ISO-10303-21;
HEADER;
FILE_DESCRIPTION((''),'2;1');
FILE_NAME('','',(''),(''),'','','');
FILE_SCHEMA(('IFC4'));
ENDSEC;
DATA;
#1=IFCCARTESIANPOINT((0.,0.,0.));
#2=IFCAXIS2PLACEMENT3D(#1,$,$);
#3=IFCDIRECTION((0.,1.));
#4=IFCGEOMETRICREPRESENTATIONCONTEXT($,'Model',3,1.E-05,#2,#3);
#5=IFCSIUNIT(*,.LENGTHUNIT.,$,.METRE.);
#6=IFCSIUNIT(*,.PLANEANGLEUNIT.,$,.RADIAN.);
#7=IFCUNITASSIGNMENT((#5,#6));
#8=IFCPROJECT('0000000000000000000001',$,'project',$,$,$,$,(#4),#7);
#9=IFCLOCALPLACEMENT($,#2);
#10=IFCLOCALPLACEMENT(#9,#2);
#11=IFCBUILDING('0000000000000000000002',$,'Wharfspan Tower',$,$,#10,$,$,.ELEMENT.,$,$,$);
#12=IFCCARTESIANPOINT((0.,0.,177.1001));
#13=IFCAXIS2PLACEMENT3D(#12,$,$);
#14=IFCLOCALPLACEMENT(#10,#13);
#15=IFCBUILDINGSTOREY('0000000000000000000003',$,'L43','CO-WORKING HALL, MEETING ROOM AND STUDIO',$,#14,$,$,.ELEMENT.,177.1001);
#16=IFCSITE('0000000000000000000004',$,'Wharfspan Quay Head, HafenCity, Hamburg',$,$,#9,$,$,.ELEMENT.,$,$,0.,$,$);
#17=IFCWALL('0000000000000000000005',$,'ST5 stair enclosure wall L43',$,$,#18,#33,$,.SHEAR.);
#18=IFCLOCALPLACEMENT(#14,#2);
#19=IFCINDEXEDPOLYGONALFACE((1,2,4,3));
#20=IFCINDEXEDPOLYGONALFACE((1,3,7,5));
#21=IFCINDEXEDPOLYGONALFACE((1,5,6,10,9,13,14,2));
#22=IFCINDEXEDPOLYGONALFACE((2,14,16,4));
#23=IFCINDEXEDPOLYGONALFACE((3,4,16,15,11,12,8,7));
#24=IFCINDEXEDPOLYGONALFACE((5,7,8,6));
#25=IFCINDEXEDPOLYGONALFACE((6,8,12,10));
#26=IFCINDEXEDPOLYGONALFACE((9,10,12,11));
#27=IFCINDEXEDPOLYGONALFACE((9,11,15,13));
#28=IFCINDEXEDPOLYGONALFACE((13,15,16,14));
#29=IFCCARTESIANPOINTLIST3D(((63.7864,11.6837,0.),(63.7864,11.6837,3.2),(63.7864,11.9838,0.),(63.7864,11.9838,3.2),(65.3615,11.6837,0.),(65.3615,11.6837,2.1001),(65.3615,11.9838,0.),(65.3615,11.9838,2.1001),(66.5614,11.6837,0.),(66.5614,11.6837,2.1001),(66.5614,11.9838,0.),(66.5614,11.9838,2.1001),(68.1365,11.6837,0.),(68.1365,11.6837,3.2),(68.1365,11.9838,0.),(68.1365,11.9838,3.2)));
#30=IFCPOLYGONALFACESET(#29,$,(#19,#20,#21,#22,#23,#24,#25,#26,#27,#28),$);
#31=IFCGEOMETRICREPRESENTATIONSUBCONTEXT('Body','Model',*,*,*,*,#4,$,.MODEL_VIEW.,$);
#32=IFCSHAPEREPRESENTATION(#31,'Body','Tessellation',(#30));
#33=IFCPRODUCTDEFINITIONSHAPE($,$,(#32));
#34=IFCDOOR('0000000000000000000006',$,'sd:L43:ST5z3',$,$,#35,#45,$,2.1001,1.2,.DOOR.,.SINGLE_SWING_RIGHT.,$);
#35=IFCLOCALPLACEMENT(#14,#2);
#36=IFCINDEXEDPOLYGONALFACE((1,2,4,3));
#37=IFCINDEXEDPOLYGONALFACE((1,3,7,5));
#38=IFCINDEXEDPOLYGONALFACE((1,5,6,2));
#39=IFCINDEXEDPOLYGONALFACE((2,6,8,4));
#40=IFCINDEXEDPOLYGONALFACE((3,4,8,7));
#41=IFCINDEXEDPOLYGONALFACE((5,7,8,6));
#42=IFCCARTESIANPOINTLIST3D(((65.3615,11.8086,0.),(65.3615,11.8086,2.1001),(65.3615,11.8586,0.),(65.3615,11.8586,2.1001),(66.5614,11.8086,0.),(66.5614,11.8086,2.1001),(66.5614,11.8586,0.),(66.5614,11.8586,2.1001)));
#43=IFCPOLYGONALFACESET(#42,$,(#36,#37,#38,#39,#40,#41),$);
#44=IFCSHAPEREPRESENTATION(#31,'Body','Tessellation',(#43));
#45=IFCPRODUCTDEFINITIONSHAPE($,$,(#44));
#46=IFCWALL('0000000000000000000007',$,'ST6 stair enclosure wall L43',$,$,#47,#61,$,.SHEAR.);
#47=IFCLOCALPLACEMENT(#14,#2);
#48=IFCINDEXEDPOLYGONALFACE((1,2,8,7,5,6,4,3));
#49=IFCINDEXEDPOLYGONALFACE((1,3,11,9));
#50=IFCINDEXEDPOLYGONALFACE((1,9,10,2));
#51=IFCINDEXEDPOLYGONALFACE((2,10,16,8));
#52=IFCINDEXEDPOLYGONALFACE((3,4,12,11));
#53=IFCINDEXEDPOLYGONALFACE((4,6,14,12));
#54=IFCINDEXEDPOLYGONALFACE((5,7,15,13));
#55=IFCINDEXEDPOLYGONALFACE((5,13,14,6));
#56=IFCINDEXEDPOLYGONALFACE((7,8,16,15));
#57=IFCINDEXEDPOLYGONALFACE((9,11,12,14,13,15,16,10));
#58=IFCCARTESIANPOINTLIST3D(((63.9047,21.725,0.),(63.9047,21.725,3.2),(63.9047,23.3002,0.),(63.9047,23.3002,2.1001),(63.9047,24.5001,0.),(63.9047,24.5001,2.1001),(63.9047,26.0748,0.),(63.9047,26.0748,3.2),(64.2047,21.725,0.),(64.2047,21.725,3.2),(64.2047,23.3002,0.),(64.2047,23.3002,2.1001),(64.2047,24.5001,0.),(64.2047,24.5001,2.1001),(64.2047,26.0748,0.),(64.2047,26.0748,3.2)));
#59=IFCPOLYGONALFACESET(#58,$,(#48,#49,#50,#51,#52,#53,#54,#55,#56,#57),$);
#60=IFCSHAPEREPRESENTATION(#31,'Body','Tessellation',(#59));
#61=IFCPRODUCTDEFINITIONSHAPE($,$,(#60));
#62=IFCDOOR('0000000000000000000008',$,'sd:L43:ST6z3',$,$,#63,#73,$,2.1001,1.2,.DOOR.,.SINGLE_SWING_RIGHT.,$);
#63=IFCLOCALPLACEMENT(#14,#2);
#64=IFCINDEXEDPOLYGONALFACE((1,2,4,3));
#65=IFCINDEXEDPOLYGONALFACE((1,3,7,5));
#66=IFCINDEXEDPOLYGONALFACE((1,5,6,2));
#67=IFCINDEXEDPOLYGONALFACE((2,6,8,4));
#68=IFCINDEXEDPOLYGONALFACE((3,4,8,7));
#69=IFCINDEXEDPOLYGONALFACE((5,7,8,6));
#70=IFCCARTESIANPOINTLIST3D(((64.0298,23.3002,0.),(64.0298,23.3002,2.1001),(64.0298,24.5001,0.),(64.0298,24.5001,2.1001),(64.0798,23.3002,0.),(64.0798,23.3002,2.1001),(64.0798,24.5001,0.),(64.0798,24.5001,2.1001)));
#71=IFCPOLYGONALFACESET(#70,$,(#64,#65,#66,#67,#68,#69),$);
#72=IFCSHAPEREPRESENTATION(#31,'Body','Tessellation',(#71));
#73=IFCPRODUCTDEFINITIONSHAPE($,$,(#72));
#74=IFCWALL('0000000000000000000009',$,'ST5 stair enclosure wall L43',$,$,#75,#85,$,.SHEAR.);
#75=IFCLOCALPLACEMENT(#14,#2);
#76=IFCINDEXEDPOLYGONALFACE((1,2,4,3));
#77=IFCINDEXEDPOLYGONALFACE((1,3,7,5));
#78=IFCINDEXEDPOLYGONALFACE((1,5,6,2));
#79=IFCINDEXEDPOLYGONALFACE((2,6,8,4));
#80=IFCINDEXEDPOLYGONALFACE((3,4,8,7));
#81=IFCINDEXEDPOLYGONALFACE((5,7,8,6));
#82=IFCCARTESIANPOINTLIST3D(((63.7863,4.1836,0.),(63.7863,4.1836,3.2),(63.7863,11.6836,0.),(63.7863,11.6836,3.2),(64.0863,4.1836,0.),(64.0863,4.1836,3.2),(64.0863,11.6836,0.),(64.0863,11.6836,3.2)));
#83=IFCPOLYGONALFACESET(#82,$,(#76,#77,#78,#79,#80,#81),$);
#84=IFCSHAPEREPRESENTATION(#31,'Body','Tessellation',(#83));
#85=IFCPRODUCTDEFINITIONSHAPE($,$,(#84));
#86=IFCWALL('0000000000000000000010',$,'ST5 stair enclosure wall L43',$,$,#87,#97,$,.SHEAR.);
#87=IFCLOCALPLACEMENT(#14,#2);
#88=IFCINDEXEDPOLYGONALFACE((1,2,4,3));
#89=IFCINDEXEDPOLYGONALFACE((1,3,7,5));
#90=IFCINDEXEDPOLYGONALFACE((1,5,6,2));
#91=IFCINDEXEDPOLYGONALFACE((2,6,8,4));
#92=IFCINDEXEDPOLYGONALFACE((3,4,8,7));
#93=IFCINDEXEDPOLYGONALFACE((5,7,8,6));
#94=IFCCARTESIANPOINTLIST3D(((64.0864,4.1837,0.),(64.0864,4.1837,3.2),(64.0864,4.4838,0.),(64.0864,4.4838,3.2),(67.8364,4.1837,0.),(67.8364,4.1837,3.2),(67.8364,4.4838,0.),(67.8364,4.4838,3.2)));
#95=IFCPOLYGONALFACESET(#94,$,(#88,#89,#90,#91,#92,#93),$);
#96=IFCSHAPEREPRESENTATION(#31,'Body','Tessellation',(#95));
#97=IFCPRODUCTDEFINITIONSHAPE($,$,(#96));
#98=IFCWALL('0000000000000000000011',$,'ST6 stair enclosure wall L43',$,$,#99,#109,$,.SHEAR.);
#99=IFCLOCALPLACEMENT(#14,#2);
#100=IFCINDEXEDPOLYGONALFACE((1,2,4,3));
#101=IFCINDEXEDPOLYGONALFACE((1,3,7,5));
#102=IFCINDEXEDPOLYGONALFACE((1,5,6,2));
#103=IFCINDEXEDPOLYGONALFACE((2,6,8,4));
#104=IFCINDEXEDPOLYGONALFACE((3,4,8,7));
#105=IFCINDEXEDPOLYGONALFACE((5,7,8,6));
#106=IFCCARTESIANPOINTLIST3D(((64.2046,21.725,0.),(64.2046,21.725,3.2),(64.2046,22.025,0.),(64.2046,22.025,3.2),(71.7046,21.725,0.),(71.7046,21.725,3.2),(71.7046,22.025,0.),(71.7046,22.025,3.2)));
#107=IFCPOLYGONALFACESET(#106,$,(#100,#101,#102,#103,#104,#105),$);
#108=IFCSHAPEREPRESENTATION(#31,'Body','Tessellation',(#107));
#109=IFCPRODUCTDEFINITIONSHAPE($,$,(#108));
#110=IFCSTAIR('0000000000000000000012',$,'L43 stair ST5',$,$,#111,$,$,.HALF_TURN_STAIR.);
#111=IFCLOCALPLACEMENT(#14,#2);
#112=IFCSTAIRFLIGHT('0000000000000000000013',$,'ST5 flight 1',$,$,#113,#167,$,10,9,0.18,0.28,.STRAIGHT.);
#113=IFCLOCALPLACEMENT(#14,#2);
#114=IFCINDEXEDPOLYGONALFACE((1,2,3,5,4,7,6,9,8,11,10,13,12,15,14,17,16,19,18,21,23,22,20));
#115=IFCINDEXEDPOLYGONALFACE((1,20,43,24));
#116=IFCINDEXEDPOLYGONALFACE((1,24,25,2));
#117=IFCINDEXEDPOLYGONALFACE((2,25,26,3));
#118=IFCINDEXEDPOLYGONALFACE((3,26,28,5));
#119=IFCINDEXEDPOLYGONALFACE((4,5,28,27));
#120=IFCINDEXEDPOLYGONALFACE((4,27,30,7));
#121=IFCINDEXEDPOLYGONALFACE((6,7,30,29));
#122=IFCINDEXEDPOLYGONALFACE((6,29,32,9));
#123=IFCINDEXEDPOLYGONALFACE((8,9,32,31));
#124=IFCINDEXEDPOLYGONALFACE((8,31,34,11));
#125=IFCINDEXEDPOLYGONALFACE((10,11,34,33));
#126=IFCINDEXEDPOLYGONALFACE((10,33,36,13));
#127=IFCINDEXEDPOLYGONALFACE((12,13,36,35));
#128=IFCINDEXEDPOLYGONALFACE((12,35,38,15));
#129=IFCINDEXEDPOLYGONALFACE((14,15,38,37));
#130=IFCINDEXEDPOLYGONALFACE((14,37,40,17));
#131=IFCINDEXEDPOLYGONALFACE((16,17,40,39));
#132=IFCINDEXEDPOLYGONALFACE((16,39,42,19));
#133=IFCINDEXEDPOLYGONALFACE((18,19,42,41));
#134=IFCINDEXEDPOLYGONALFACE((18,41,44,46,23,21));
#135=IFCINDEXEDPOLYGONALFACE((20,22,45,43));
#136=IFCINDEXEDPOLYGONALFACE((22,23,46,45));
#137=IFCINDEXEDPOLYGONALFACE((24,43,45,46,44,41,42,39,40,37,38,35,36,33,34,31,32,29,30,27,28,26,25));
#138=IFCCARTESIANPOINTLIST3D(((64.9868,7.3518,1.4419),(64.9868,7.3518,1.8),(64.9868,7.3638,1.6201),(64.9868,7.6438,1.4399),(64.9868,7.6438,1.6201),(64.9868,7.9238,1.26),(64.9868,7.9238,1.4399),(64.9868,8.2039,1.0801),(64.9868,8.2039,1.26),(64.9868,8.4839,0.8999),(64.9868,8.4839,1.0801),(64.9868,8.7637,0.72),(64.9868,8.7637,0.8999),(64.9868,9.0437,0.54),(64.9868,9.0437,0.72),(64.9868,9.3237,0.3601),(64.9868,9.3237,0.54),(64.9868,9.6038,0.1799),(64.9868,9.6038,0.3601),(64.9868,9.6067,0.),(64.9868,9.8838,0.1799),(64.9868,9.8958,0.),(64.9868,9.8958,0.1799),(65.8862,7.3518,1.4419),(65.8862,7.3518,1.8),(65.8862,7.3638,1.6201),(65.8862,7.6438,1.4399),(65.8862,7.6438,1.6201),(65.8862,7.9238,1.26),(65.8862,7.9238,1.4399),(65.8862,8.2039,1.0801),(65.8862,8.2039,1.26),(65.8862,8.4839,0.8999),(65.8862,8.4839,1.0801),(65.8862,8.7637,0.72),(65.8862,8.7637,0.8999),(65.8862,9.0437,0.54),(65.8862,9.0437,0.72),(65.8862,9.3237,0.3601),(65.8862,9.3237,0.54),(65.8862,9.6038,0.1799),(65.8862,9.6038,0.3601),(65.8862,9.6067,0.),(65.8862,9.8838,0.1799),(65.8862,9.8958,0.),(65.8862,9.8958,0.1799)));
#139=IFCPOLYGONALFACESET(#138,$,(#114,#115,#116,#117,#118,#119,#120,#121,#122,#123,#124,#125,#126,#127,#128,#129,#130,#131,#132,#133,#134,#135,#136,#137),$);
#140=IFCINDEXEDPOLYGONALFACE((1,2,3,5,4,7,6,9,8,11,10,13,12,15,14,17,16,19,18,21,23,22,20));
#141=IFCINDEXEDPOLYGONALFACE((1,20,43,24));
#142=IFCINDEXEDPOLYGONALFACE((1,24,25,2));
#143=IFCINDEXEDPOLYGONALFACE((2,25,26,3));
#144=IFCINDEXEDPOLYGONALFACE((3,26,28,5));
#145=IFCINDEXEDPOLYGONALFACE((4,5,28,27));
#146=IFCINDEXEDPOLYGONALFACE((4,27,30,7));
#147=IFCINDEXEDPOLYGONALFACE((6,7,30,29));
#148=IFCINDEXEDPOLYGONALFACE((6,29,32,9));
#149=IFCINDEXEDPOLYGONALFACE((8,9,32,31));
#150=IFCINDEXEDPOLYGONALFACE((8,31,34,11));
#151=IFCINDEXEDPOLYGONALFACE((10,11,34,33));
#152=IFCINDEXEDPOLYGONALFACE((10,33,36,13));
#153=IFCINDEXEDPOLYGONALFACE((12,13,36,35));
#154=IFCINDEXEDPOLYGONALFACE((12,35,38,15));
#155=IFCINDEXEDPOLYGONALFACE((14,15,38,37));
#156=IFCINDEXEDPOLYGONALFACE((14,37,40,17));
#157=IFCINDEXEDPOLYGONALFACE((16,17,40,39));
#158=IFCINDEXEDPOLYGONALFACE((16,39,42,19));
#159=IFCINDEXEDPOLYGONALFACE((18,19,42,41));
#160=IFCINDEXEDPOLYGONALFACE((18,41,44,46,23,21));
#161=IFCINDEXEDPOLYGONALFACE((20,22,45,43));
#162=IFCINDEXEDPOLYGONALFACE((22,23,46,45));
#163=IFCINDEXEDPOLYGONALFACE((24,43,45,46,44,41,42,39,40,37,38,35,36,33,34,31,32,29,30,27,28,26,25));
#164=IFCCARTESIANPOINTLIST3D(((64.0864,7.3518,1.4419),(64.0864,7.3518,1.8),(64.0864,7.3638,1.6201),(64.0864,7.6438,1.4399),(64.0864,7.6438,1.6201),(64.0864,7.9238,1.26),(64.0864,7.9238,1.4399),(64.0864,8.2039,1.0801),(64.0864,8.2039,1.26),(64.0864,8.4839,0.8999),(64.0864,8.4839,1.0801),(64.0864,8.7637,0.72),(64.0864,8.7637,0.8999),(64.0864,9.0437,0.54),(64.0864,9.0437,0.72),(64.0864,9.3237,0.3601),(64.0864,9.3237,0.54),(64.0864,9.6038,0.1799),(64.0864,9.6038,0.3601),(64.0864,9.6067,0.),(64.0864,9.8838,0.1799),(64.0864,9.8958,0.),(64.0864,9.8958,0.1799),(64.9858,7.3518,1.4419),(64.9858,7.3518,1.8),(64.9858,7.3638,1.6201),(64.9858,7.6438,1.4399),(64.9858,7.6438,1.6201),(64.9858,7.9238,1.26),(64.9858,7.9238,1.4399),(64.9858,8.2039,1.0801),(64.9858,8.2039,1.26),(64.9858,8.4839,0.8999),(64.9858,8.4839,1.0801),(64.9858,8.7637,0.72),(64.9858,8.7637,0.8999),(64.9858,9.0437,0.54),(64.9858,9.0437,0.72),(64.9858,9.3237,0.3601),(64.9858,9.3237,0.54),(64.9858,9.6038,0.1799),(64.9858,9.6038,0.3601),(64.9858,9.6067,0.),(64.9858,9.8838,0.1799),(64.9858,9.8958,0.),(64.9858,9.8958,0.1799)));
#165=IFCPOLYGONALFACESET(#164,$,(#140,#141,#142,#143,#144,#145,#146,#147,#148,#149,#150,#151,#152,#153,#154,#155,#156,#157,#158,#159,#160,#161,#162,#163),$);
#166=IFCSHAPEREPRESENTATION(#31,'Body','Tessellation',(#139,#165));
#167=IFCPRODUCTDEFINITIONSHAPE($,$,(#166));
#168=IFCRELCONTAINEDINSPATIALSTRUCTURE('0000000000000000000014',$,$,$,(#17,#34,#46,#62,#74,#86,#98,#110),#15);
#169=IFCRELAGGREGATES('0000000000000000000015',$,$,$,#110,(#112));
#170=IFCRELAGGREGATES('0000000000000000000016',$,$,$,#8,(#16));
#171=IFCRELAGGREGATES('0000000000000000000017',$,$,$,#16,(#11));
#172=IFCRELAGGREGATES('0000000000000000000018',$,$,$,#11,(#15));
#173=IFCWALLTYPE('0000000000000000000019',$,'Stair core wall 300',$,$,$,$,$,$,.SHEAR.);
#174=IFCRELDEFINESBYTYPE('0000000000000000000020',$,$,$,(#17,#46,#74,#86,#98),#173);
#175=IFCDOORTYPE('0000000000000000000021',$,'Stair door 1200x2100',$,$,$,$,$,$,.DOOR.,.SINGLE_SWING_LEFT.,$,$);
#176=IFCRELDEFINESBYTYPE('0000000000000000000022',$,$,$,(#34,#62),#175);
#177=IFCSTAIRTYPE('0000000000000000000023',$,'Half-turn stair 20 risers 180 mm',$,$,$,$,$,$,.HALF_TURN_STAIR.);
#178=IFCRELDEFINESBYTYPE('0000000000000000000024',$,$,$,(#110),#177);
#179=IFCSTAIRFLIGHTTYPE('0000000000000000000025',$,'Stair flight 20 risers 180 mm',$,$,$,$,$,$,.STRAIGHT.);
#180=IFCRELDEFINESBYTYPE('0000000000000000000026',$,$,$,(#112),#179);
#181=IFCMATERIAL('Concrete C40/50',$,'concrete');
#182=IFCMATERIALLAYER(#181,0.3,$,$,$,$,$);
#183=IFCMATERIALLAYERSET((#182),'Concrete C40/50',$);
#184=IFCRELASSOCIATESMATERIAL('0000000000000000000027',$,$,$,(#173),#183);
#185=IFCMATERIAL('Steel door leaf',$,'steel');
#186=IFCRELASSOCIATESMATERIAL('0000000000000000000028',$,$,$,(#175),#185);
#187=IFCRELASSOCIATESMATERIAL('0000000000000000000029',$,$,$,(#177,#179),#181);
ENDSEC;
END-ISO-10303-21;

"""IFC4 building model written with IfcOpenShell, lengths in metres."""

from ifc_helpers import new_model, si_unit, direction, frame, frame_2d, origin, place, context, subcontext, project, spatial, polyline, rectangle, outline, extrude, material, layer, layer_set, type_object, element, fill, aggregate, save


model = new_model("IFC4")

# Units and contexts
model_context = context("Model", 3, precision=1e-05, world=origin(), true_north=direction((0.0, 1.0)))
body_context = subcontext(model_context, "Body", "Model", "MODEL_VIEW")
ifc_project = project(units=[si_unit("LENGTHUNIT", "METRE"), si_unit("PLANEANGLEUNIT", "RADIAN")], contexts=[model_context])

# Site, building, storey
site_placement = place(None, origin())
site = spatial("IfcSite", under=ifc_project, at=site_placement, Name="Wharfspan Quay Head, HafenCity, Hamburg", CompositionType="ELEMENT", RefElevation=0.0)
building_placement = place(site_placement, origin())
building = spatial("IfcBuilding", under=site, at=building_placement, Name="Wharfspan Tower", CompositionType="ELEMENT")
storey_placement = place(building_placement, frame((0.0, 0.0, 177.1001)))
storey = spatial("IfcBuildingStorey", under=building, at=storey_placement, Name="L43", Description="CO-WORKING HALL, MEETING ROOM AND STUDIO", CompositionType="ELEMENT", Elevation=177.1001)

# Walls, openings, doors
ifc_material_1 = material(Name="Concrete C40/50", Category="concrete")
ifc_layer_1 = layer(ifc_material_1, 0.3)
ifc_layer_set_1 = layer_set([ifc_layer_1], Name="Concrete C40/50")
wall_type_1 = type_object("IfcWallType", Name="Stair core wall 300", PredefinedType="SHEAR", material=ifc_layer_set_1)
wall_1_placement = place(storey_placement, frame((63.7864, 11.8337, 0.0), z_axis=(0.0, 0.0, 1.0), x_axis=(1.0, 0.0, 0.0)))
wall_1 = element("IfcWall", 1, at=wall_1_placement, inside=storey, type_object=wall_type_1, Name="ST5 stair enclosure wall L43", PredefinedType="SHEAR", context=body_context, shape_type="SweptSolid", body=[
    extrude(rectangle(XDim=4.3501, YDim=0.3, at=frame_2d((2.175, 0.0))), origin(), (0.0, 0.0, 1.0), 3.2),
])
opening_1_placement = place(wall_1_placement, frame((1.575, 0.0, 0.0)))
opening_1 = element("IfcOpeningElement", 2, at=opening_1_placement, cuts=wall_1, PredefinedType="OPENING", context=body_context, shape_type="SweptSolid", body=[
    extrude(rectangle(XDim=1.2, YDim=2.1001, at=frame_2d((0.6001, 1.05))), frame((0.0, 0.1599, 0.0), z_axis=(0.0, -1.0, 0.0), x_axis=(1.0, 0.0, 0.0)), (0.0, 0.0, 1.0), 0.3201),
])
ifc_material_2 = material(Name="Steel door leaf", Category="steel")
door_type_1 = type_object("IfcDoorType", Name="Stair door 1200x2100", OperationType="SINGLE_SWING_LEFT", PredefinedType="DOOR", material=ifc_material_2)
door_1_placement = place(opening_1_placement, origin())
door_1 = element("IfcDoor", 3, at=door_1_placement, inside=storey, type_object=door_type_1, Name="sd:L43:ST5z3", OperationType="SINGLE_SWING_RIGHT", OverallHeight=2.1001, OverallWidth=1.2, PredefinedType="DOOR", context=body_context, shape_type="SweptSolid", body=[
    extrude(rectangle(XDim=1.2, YDim=2.1001, at=frame_2d((0.6001, 1.05))), frame((0.0, 0.0249, 0.0), z_axis=(0.0, -1.0, 0.0), x_axis=(1.0, 0.0, 0.0)), (0.0, 0.0, 1.0), 0.05),
])
fill(opening_1, door_1)
wall_2_placement = place(storey_placement, frame((64.0547, 21.7251, 0.0), z_axis=(0.0, 0.0, 1.0), x_axis=(0.0, 1.0, 0.0)))
wall_2 = element("IfcWall", 4, at=wall_2_placement, inside=storey, type_object=wall_type_1, Name="ST6 stair enclosure wall L43", PredefinedType="SHEAR", context=body_context, shape_type="SweptSolid", body=[
    extrude(rectangle(XDim=4.3499, YDim=0.3, at=frame_2d((2.1748, 0.0))), origin(), (0.0, 0.0, 1.0), 3.2),
])
opening_2_placement = place(wall_2_placement, frame((1.575, 0.0, 0.0)))
opening_2 = element("IfcOpeningElement", 5, at=opening_2_placement, cuts=wall_2, PredefinedType="OPENING", context=body_context, shape_type="SweptSolid", body=[
    extrude(rectangle(XDim=1.2, YDim=2.1001, at=frame_2d((0.6001, 1.05))), frame((0.0, 0.1599, 0.0), z_axis=(0.0, -1.0, 0.0), x_axis=(1.0, 0.0, 0.0)), (0.0, 0.0, 1.0), 0.3201),
])
door_2_placement = place(opening_2_placement, origin())
door_2 = element("IfcDoor", 6, at=door_2_placement, inside=storey, type_object=door_type_1, Name="sd:L43:ST6z3", OperationType="SINGLE_SWING_RIGHT", OverallHeight=2.1001, OverallWidth=1.2, PredefinedType="DOOR", context=body_context, shape_type="SweptSolid", body=[
    extrude(rectangle(XDim=1.2, YDim=2.1001, at=frame_2d((0.6001, 1.05))), frame((0.0, 0.0249, 0.0), z_axis=(0.0, -1.0, 0.0), x_axis=(1.0, 0.0, 0.0)), (0.0, 0.0, 1.0), 0.05),
])
fill(opening_2, door_2)

# Walls
wall_3_placement = place(storey_placement, frame((63.9363, 4.1836, 0.0), z_axis=(0.0, 0.0, 1.0), x_axis=(0.0, 1.0, 0.0)))
element("IfcWall", 7, at=wall_3_placement, inside=storey, type_object=wall_type_1, Name="ST5 stair enclosure wall L43", PredefinedType="SHEAR", context=body_context, shape_type="SweptSolid", body=[
    extrude(rectangle(XDim=7.5, YDim=0.3, at=frame_2d((3.75, 0.0))), origin(), (0.0, 0.0, 1.0), 3.2),
])
wall_4_placement = place(storey_placement, frame((64.0864, 4.3337, 0.0), z_axis=(0.0, 0.0, 1.0), x_axis=(1.0, 0.0, 0.0)))
element("IfcWall", 8, at=wall_4_placement, inside=storey, type_object=wall_type_1, Name="ST5 stair enclosure wall L43", PredefinedType="SHEAR", context=body_context, shape_type="SweptSolid", body=[
    extrude(rectangle(XDim=3.75, YDim=0.3, at=frame_2d((1.875, 0.0))), origin(), (0.0, 0.0, 1.0), 3.2),
])
wall_5_placement = place(storey_placement, frame((64.2046, 21.875, 0.0), z_axis=(0.0, 0.0, 1.0), x_axis=(1.0, 0.0, 0.0)))
element("IfcWall", 9, at=wall_5_placement, inside=storey, type_object=wall_type_1, Name="ST6 stair enclosure wall L43", PredefinedType="SHEAR", context=body_context, shape_type="SweptSolid", body=[
    extrude(rectangle(XDim=7.5, YDim=0.3, at=frame_2d((3.75, 0.0))), origin(), (0.0, 0.0, 1.0), 3.2),
])

# Stair, stair flight
stair_type = type_object("IfcStairType", Name="Half-turn stair 20 risers 180 mm", PredefinedType="HALF_TURN_STAIR", material=ifc_material_1)
stair_placement = place(storey_placement, origin())
stair = element("IfcStair", 10, at=stair_placement, inside=storey, type_object=stair_type, Name="L43 stair ST5", PredefinedType="HALF_TURN_STAIR")
stair_flight_type = type_object("IfcStairFlightType", Name="Stair flight 20 risers 180 mm", PredefinedType="STRAIGHT", material=ifc_material_1)
stair_flight_placement = place(storey_placement, frame((64.9863, 9.8838, 0.0), z_axis=(0.0, 0.0, 1.0), x_axis=(0.0, -1.0, 0.0)))
stair_flight = element("IfcStairFlight", 11, at=stair_flight_placement, type_object=stair_flight_type, Name="ST5 flight 1", NumberOfRisers=10, NumberOfTreads=9, PredefinedType="STRAIGHT", RiserHeight=0.18, TreadLength=0.28, context=body_context, shape_type="SweptSolid", body=[
    extrude(outline(polyline([(-0.012, 0.0), (-0.012, 0.1799), (0.0, 0.1799), (0.28, 0.1799), (0.28, 0.3601), (0.5601, 0.3601), (0.5601, 0.54), (0.8401, 0.54), (0.8401, 0.72), (1.1201, 0.72), (1.1201, 0.8999), (1.3999, 0.8999), (1.3999, 1.0801), (1.6799, 1.0801), (1.6799, 1.26), (1.96, 1.26), (1.96, 1.4399), (2.24, 1.4399), (2.24, 1.6201), (2.52, 1.6201), (2.532, 1.8), (2.532, 1.4419), (0.2771, 0.0), (-0.012, 0.0)])), frame((0.0, 0.8999, 0.0), z_axis=(0.0, -1.0, 0.0), x_axis=(1.0, 0.0, 0.0)), (0.0, 0.0, 1.0), 0.8994),
    extrude(outline(polyline([(-0.012, 0.0), (-0.012, 0.1799), (0.0, 0.1799), (0.28, 0.1799), (0.28, 0.3601), (0.5601, 0.3601), (0.5601, 0.54), (0.8401, 0.54), (0.8401, 0.72), (1.1201, 0.72), (1.1201, 0.8999), (1.3999, 0.8999), (1.3999, 1.0801), (1.6799, 1.0801), (1.6799, 1.26), (1.96, 1.26), (1.96, 1.4399), (2.24, 1.4399), (2.24, 1.6201), (2.52, 1.6201), (2.532, 1.8), (2.532, 1.4419), (0.2771, 0.0), (-0.012, 0.0)])), frame((0.0, -0.0005, 0.0), z_axis=(0.0, -1.0, 0.0), x_axis=(1.0, 0.0, 0.0)), (0.0, 0.0, 1.0), 0.8994),
])
aggregate(stair, [stair_flight])

save(model, "model.ifc")
